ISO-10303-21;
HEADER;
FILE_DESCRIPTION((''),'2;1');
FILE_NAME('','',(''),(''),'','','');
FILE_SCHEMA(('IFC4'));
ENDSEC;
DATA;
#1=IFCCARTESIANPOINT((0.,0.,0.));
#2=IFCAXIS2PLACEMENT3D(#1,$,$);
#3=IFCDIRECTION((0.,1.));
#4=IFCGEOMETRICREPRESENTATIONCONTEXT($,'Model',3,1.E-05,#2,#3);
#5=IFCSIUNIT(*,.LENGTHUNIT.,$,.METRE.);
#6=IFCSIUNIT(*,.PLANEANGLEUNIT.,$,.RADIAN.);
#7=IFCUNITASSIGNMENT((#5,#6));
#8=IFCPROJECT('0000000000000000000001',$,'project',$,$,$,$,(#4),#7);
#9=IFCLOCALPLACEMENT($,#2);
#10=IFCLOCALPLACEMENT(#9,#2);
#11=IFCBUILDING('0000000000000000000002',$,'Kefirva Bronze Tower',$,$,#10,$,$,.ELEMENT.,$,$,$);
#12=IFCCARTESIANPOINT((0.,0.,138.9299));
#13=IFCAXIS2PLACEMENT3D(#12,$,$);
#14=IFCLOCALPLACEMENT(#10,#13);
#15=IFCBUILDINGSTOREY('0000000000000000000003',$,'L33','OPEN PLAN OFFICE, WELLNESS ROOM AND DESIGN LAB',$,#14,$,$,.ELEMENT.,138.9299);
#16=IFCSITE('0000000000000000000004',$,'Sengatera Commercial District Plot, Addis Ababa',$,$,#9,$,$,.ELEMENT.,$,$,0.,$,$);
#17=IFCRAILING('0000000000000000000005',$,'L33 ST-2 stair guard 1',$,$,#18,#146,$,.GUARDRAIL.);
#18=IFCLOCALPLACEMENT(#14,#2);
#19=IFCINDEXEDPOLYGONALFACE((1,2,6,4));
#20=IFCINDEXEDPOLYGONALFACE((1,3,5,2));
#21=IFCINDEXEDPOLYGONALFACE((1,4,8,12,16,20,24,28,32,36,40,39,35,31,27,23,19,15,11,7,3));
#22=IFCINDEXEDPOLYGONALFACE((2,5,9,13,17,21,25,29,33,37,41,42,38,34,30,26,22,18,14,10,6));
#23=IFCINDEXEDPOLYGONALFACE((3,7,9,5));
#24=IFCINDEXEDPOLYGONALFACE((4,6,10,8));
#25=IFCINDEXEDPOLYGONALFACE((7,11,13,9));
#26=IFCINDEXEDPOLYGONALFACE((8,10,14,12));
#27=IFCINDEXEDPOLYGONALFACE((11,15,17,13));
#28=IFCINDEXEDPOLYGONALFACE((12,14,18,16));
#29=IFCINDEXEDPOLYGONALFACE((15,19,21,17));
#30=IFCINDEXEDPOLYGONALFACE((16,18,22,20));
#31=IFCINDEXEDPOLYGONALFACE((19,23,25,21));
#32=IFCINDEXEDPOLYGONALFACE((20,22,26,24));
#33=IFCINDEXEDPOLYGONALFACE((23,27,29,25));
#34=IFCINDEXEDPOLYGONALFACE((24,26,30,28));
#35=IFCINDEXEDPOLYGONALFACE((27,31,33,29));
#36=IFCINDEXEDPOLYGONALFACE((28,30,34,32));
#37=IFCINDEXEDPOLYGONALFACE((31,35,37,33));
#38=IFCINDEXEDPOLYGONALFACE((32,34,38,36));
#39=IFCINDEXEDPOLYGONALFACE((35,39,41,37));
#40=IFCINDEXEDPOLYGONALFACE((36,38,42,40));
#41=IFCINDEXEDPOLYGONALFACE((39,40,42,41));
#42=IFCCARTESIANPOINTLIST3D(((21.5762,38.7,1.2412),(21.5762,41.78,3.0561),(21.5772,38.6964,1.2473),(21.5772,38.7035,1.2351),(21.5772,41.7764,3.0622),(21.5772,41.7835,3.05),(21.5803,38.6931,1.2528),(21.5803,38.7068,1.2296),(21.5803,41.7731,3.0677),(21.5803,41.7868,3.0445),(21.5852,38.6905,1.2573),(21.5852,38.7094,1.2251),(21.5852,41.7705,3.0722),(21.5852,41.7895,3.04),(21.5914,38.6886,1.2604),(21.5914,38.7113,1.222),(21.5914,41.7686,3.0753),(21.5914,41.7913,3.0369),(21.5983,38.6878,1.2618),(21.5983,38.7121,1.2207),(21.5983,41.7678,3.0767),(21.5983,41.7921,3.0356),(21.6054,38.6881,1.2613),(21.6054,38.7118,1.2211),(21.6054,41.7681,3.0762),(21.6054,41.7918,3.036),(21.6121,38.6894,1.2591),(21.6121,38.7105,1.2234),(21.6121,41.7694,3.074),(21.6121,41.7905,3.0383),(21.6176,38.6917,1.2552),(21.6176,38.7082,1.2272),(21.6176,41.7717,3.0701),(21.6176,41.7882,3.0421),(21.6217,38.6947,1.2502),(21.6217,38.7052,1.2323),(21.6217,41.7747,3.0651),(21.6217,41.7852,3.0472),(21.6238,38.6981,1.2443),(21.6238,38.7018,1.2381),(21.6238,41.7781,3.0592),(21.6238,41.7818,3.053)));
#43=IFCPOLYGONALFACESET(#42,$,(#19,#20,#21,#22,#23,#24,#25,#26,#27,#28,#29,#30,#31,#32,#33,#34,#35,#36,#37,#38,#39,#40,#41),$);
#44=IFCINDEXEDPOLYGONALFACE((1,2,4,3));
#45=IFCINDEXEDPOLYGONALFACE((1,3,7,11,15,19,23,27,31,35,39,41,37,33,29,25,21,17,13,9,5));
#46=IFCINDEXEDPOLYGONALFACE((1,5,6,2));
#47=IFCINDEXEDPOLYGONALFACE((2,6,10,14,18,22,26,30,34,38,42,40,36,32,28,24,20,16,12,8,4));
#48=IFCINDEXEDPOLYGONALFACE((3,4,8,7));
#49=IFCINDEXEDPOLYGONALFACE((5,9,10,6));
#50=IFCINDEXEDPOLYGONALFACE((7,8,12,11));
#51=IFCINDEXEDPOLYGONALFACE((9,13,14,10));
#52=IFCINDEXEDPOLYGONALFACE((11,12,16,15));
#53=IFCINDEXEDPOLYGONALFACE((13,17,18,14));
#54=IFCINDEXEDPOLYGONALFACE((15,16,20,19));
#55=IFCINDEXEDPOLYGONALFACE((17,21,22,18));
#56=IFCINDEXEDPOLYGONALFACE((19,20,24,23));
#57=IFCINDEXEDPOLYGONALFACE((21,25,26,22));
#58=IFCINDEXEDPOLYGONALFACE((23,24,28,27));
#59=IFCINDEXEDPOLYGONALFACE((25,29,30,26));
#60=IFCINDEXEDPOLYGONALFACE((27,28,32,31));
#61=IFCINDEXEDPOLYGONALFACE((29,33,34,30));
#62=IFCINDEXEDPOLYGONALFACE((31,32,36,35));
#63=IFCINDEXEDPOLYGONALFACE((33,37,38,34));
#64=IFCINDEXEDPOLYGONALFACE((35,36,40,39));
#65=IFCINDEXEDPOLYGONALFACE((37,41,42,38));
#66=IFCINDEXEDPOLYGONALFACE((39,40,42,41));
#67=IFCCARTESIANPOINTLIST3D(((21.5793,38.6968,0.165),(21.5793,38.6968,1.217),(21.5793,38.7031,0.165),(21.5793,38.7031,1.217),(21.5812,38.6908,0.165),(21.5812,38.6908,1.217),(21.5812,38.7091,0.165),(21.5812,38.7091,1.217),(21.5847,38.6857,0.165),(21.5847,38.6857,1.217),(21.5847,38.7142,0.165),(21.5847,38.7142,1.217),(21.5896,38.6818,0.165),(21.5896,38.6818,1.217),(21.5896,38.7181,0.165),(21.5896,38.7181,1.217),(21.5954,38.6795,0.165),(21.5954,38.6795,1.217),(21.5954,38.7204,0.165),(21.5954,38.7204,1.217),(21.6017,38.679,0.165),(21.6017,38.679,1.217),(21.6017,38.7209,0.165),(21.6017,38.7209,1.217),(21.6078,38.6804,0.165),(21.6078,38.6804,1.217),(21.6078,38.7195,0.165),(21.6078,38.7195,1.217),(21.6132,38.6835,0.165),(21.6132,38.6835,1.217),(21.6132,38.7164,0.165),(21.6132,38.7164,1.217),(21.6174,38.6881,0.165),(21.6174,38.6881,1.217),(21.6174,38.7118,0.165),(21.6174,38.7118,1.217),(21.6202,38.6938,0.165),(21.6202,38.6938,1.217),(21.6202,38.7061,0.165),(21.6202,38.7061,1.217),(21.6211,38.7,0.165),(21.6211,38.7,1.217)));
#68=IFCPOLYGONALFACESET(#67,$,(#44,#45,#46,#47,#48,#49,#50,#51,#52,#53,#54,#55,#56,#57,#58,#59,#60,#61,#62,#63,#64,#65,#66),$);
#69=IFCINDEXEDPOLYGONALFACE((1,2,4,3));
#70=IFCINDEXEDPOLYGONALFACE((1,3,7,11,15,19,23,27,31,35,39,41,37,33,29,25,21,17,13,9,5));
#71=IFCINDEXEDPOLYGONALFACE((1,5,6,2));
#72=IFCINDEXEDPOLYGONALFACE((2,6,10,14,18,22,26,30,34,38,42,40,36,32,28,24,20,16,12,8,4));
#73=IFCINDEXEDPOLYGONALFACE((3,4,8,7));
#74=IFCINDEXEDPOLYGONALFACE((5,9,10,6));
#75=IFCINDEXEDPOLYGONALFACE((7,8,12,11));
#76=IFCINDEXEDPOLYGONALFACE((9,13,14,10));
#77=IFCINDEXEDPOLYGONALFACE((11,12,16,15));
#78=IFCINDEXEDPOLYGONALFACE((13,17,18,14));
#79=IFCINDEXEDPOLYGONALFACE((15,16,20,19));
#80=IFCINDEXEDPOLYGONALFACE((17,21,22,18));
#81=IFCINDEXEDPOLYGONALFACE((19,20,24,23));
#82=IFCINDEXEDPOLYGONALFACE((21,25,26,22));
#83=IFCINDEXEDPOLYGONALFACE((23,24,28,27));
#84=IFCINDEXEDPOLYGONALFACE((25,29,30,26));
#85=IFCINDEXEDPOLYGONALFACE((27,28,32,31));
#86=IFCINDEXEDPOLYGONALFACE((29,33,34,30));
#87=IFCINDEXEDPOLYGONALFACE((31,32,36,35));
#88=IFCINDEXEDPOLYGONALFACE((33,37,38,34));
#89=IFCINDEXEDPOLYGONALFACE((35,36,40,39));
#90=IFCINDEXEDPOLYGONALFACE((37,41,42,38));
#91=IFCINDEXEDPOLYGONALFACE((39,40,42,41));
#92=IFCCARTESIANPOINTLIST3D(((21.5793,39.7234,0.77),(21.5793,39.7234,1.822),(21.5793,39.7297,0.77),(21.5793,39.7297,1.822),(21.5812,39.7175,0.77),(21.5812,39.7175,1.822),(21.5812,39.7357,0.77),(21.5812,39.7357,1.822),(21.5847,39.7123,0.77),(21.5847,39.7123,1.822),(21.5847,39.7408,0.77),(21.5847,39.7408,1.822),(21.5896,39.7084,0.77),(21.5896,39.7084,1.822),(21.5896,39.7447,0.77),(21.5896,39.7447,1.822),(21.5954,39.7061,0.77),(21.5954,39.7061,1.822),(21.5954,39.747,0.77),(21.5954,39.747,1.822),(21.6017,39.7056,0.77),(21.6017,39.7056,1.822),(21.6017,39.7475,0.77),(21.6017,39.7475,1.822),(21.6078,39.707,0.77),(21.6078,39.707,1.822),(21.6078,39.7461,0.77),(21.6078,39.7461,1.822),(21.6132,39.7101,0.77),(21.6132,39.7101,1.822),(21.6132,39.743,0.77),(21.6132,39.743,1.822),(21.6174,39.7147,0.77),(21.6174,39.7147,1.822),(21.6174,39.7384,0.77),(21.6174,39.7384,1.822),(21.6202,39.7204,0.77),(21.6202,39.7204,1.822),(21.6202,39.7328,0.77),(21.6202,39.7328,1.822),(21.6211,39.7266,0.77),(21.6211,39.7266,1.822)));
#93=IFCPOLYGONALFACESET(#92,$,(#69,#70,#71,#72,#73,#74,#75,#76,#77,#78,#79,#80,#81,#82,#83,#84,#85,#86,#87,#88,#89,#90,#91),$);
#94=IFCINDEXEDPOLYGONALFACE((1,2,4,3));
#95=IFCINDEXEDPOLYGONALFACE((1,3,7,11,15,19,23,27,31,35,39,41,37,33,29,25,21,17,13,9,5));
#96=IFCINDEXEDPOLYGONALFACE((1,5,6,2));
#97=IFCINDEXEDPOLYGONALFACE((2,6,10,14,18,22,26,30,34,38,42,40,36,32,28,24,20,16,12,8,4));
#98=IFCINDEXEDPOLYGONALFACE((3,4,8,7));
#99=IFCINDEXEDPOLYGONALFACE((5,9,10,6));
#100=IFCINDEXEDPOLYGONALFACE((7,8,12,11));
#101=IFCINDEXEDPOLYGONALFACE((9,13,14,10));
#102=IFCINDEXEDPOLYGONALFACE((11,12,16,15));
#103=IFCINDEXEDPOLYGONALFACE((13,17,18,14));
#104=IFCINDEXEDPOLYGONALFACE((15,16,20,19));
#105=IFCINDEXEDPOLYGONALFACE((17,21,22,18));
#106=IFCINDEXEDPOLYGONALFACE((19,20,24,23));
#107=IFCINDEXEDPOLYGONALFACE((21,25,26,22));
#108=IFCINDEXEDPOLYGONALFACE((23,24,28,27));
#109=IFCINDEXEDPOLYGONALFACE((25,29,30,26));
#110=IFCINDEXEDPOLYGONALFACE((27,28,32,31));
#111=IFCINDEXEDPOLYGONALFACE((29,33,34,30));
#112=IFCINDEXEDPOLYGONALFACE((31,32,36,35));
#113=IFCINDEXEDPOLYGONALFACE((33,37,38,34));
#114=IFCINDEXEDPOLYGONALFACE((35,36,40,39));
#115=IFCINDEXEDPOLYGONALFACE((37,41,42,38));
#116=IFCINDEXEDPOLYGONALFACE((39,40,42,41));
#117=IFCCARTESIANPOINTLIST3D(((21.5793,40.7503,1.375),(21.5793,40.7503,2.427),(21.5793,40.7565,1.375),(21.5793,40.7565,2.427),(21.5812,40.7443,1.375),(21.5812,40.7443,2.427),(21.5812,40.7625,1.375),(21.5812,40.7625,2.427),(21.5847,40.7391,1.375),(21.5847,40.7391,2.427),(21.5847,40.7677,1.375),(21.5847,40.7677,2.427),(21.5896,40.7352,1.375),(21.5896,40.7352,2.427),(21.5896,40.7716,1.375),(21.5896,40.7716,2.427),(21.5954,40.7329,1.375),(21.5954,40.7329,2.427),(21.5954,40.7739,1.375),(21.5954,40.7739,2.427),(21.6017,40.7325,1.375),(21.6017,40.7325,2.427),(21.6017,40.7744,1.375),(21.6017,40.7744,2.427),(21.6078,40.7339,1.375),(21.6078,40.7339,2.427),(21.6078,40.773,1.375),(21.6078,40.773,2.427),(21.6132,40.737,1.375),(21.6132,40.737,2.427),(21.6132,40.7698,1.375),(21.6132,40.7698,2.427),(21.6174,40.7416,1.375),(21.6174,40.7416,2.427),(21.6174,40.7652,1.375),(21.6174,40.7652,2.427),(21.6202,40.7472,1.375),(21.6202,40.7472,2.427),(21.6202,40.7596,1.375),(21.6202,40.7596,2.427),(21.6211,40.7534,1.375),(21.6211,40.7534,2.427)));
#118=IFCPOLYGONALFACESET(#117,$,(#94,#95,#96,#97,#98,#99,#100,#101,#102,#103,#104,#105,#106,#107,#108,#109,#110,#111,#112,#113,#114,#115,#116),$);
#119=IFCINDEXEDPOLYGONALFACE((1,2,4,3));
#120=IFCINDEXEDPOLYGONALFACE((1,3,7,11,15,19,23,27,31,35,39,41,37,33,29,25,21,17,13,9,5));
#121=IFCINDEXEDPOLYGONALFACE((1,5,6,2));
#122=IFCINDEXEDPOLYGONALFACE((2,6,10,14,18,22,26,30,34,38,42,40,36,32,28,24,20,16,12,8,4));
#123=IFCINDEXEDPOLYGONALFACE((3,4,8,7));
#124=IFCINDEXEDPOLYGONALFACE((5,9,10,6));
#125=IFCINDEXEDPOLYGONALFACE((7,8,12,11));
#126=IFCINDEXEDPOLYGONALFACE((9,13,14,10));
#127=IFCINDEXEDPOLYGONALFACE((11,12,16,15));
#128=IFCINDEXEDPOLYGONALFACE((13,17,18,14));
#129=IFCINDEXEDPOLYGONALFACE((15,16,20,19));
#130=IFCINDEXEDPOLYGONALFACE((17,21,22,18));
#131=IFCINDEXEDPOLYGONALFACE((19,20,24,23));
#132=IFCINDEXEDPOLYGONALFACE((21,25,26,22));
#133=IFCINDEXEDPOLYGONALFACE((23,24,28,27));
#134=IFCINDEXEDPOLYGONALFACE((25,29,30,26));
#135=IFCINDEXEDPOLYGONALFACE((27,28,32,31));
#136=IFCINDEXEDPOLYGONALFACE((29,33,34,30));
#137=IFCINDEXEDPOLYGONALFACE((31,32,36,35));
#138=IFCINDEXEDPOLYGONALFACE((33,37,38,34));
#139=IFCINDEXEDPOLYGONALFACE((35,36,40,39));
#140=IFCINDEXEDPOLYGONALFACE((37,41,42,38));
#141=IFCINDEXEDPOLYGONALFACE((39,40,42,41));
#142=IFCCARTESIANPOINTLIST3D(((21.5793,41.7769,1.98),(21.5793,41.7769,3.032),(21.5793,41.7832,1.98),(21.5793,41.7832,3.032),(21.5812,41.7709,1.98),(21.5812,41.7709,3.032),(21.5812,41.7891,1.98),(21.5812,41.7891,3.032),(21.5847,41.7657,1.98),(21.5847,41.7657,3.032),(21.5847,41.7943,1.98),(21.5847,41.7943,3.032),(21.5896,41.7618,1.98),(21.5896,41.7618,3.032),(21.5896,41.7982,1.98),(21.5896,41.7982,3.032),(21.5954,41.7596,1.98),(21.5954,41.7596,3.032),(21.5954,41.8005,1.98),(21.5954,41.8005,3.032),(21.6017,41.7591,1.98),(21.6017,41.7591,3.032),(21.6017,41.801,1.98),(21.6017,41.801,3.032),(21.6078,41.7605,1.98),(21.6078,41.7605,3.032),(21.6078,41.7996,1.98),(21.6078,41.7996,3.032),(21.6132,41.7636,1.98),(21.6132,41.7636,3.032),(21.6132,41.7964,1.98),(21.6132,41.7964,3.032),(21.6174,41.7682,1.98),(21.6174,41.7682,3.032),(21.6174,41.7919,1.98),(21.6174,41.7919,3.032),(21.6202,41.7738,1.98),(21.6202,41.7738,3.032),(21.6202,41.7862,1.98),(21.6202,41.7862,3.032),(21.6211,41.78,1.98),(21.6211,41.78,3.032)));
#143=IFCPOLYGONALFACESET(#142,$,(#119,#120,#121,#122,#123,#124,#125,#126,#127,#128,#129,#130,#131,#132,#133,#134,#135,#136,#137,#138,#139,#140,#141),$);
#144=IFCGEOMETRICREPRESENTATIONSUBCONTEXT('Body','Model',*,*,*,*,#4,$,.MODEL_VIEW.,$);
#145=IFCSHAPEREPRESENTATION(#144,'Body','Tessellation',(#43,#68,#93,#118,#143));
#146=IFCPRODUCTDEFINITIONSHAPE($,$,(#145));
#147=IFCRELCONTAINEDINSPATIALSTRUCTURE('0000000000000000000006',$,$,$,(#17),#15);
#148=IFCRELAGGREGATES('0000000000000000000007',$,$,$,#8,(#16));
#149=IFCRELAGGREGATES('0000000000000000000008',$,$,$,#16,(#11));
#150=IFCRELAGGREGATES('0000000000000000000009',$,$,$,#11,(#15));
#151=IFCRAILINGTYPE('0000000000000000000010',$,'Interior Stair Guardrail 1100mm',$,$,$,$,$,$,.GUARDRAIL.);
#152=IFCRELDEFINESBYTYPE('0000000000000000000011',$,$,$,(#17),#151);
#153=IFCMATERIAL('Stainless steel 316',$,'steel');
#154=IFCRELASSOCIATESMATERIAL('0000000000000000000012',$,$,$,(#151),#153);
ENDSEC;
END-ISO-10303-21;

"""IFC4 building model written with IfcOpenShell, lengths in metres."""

from ifc_helpers import new_model, si_unit, direction, frame, origin, origin_2d, place, context, subcontext, project, spatial, circle, extrude, material, type_object, element, save


model = new_model("IFC4")

# Units and contexts
model_context = context("Model", 3, precision=1e-05, world=origin(), true_north=direction((0.0, 1.0)))
body_context = subcontext(model_context, "Body", "Model", "MODEL_VIEW")
ifc_project = project(units=[si_unit("LENGTHUNIT", "METRE"), si_unit("PLANEANGLEUNIT", "RADIAN")], contexts=[model_context])

# Site, building, storey
site_placement = place(None, origin())
site = spatial("IfcSite", under=ifc_project, at=site_placement, Name="Sengatera Commercial District Plot, Addis Ababa", CompositionType="ELEMENT", RefElevation=0.0)
building_placement = place(site_placement, origin())
building = spatial("IfcBuilding", under=site, at=building_placement, Name="Kefirva Bronze Tower", CompositionType="ELEMENT")
storey_placement = place(building_placement, frame((0.0, 0.0, 138.9299)))
storey = spatial("IfcBuildingStorey", under=building, at=storey_placement, Name="L33", Description="OPEN PLAN OFFICE, WELLNESS ROOM AND DESIGN LAB", CompositionType="ELEMENT", Elevation=138.9299)

# Railing
ifc_material_1 = material(Name="Stainless steel 316", Category="steel")
railing_type_1 = type_object("IfcRailingType", Name="Interior Stair Guardrail 1100mm", PredefinedType="GUARDRAIL", material=ifc_material_1)
railing_1_placement = place(storey_placement, frame((21.6001, 38.7, 0.165)))
element("IfcRailing", 1, at=railing_1_placement, inside=storey, type_object=railing_type_1, Name="L33 ST-2 stair guard 1", PredefinedType="GUARDRAIL", context=body_context, shape_type="SweptSolid", body=[
    extrude(circle(Radius=0.0239, at=origin_2d()), frame((0.0, 0.0, 1.0762), z_axis=(0.0, 0.861551, 0.507671), x_axis=(-1.0, 0.0, 0.0)), (0.0, 0.0, 1.0), 3.575),
    extrude(circle(Radius=0.021, at=origin_2d()), origin(), (0.0, 0.0, 1.0), 1.052),
    extrude(circle(Radius=0.021, at=origin_2d()), frame((0.0, 1.0266, 0.605)), (0.0, 0.0, 1.0), 1.052),
    extrude(circle(Radius=0.021, at=origin_2d()), frame((0.0, 2.0535, 1.21)), (0.0, 0.0, 1.0), 1.052),
    extrude(circle(Radius=0.021, at=origin_2d()), frame((0.0, 3.0801, 1.8149)), (0.0, 0.0, 1.0), 1.052),
])

save(model, "model.ifc")
